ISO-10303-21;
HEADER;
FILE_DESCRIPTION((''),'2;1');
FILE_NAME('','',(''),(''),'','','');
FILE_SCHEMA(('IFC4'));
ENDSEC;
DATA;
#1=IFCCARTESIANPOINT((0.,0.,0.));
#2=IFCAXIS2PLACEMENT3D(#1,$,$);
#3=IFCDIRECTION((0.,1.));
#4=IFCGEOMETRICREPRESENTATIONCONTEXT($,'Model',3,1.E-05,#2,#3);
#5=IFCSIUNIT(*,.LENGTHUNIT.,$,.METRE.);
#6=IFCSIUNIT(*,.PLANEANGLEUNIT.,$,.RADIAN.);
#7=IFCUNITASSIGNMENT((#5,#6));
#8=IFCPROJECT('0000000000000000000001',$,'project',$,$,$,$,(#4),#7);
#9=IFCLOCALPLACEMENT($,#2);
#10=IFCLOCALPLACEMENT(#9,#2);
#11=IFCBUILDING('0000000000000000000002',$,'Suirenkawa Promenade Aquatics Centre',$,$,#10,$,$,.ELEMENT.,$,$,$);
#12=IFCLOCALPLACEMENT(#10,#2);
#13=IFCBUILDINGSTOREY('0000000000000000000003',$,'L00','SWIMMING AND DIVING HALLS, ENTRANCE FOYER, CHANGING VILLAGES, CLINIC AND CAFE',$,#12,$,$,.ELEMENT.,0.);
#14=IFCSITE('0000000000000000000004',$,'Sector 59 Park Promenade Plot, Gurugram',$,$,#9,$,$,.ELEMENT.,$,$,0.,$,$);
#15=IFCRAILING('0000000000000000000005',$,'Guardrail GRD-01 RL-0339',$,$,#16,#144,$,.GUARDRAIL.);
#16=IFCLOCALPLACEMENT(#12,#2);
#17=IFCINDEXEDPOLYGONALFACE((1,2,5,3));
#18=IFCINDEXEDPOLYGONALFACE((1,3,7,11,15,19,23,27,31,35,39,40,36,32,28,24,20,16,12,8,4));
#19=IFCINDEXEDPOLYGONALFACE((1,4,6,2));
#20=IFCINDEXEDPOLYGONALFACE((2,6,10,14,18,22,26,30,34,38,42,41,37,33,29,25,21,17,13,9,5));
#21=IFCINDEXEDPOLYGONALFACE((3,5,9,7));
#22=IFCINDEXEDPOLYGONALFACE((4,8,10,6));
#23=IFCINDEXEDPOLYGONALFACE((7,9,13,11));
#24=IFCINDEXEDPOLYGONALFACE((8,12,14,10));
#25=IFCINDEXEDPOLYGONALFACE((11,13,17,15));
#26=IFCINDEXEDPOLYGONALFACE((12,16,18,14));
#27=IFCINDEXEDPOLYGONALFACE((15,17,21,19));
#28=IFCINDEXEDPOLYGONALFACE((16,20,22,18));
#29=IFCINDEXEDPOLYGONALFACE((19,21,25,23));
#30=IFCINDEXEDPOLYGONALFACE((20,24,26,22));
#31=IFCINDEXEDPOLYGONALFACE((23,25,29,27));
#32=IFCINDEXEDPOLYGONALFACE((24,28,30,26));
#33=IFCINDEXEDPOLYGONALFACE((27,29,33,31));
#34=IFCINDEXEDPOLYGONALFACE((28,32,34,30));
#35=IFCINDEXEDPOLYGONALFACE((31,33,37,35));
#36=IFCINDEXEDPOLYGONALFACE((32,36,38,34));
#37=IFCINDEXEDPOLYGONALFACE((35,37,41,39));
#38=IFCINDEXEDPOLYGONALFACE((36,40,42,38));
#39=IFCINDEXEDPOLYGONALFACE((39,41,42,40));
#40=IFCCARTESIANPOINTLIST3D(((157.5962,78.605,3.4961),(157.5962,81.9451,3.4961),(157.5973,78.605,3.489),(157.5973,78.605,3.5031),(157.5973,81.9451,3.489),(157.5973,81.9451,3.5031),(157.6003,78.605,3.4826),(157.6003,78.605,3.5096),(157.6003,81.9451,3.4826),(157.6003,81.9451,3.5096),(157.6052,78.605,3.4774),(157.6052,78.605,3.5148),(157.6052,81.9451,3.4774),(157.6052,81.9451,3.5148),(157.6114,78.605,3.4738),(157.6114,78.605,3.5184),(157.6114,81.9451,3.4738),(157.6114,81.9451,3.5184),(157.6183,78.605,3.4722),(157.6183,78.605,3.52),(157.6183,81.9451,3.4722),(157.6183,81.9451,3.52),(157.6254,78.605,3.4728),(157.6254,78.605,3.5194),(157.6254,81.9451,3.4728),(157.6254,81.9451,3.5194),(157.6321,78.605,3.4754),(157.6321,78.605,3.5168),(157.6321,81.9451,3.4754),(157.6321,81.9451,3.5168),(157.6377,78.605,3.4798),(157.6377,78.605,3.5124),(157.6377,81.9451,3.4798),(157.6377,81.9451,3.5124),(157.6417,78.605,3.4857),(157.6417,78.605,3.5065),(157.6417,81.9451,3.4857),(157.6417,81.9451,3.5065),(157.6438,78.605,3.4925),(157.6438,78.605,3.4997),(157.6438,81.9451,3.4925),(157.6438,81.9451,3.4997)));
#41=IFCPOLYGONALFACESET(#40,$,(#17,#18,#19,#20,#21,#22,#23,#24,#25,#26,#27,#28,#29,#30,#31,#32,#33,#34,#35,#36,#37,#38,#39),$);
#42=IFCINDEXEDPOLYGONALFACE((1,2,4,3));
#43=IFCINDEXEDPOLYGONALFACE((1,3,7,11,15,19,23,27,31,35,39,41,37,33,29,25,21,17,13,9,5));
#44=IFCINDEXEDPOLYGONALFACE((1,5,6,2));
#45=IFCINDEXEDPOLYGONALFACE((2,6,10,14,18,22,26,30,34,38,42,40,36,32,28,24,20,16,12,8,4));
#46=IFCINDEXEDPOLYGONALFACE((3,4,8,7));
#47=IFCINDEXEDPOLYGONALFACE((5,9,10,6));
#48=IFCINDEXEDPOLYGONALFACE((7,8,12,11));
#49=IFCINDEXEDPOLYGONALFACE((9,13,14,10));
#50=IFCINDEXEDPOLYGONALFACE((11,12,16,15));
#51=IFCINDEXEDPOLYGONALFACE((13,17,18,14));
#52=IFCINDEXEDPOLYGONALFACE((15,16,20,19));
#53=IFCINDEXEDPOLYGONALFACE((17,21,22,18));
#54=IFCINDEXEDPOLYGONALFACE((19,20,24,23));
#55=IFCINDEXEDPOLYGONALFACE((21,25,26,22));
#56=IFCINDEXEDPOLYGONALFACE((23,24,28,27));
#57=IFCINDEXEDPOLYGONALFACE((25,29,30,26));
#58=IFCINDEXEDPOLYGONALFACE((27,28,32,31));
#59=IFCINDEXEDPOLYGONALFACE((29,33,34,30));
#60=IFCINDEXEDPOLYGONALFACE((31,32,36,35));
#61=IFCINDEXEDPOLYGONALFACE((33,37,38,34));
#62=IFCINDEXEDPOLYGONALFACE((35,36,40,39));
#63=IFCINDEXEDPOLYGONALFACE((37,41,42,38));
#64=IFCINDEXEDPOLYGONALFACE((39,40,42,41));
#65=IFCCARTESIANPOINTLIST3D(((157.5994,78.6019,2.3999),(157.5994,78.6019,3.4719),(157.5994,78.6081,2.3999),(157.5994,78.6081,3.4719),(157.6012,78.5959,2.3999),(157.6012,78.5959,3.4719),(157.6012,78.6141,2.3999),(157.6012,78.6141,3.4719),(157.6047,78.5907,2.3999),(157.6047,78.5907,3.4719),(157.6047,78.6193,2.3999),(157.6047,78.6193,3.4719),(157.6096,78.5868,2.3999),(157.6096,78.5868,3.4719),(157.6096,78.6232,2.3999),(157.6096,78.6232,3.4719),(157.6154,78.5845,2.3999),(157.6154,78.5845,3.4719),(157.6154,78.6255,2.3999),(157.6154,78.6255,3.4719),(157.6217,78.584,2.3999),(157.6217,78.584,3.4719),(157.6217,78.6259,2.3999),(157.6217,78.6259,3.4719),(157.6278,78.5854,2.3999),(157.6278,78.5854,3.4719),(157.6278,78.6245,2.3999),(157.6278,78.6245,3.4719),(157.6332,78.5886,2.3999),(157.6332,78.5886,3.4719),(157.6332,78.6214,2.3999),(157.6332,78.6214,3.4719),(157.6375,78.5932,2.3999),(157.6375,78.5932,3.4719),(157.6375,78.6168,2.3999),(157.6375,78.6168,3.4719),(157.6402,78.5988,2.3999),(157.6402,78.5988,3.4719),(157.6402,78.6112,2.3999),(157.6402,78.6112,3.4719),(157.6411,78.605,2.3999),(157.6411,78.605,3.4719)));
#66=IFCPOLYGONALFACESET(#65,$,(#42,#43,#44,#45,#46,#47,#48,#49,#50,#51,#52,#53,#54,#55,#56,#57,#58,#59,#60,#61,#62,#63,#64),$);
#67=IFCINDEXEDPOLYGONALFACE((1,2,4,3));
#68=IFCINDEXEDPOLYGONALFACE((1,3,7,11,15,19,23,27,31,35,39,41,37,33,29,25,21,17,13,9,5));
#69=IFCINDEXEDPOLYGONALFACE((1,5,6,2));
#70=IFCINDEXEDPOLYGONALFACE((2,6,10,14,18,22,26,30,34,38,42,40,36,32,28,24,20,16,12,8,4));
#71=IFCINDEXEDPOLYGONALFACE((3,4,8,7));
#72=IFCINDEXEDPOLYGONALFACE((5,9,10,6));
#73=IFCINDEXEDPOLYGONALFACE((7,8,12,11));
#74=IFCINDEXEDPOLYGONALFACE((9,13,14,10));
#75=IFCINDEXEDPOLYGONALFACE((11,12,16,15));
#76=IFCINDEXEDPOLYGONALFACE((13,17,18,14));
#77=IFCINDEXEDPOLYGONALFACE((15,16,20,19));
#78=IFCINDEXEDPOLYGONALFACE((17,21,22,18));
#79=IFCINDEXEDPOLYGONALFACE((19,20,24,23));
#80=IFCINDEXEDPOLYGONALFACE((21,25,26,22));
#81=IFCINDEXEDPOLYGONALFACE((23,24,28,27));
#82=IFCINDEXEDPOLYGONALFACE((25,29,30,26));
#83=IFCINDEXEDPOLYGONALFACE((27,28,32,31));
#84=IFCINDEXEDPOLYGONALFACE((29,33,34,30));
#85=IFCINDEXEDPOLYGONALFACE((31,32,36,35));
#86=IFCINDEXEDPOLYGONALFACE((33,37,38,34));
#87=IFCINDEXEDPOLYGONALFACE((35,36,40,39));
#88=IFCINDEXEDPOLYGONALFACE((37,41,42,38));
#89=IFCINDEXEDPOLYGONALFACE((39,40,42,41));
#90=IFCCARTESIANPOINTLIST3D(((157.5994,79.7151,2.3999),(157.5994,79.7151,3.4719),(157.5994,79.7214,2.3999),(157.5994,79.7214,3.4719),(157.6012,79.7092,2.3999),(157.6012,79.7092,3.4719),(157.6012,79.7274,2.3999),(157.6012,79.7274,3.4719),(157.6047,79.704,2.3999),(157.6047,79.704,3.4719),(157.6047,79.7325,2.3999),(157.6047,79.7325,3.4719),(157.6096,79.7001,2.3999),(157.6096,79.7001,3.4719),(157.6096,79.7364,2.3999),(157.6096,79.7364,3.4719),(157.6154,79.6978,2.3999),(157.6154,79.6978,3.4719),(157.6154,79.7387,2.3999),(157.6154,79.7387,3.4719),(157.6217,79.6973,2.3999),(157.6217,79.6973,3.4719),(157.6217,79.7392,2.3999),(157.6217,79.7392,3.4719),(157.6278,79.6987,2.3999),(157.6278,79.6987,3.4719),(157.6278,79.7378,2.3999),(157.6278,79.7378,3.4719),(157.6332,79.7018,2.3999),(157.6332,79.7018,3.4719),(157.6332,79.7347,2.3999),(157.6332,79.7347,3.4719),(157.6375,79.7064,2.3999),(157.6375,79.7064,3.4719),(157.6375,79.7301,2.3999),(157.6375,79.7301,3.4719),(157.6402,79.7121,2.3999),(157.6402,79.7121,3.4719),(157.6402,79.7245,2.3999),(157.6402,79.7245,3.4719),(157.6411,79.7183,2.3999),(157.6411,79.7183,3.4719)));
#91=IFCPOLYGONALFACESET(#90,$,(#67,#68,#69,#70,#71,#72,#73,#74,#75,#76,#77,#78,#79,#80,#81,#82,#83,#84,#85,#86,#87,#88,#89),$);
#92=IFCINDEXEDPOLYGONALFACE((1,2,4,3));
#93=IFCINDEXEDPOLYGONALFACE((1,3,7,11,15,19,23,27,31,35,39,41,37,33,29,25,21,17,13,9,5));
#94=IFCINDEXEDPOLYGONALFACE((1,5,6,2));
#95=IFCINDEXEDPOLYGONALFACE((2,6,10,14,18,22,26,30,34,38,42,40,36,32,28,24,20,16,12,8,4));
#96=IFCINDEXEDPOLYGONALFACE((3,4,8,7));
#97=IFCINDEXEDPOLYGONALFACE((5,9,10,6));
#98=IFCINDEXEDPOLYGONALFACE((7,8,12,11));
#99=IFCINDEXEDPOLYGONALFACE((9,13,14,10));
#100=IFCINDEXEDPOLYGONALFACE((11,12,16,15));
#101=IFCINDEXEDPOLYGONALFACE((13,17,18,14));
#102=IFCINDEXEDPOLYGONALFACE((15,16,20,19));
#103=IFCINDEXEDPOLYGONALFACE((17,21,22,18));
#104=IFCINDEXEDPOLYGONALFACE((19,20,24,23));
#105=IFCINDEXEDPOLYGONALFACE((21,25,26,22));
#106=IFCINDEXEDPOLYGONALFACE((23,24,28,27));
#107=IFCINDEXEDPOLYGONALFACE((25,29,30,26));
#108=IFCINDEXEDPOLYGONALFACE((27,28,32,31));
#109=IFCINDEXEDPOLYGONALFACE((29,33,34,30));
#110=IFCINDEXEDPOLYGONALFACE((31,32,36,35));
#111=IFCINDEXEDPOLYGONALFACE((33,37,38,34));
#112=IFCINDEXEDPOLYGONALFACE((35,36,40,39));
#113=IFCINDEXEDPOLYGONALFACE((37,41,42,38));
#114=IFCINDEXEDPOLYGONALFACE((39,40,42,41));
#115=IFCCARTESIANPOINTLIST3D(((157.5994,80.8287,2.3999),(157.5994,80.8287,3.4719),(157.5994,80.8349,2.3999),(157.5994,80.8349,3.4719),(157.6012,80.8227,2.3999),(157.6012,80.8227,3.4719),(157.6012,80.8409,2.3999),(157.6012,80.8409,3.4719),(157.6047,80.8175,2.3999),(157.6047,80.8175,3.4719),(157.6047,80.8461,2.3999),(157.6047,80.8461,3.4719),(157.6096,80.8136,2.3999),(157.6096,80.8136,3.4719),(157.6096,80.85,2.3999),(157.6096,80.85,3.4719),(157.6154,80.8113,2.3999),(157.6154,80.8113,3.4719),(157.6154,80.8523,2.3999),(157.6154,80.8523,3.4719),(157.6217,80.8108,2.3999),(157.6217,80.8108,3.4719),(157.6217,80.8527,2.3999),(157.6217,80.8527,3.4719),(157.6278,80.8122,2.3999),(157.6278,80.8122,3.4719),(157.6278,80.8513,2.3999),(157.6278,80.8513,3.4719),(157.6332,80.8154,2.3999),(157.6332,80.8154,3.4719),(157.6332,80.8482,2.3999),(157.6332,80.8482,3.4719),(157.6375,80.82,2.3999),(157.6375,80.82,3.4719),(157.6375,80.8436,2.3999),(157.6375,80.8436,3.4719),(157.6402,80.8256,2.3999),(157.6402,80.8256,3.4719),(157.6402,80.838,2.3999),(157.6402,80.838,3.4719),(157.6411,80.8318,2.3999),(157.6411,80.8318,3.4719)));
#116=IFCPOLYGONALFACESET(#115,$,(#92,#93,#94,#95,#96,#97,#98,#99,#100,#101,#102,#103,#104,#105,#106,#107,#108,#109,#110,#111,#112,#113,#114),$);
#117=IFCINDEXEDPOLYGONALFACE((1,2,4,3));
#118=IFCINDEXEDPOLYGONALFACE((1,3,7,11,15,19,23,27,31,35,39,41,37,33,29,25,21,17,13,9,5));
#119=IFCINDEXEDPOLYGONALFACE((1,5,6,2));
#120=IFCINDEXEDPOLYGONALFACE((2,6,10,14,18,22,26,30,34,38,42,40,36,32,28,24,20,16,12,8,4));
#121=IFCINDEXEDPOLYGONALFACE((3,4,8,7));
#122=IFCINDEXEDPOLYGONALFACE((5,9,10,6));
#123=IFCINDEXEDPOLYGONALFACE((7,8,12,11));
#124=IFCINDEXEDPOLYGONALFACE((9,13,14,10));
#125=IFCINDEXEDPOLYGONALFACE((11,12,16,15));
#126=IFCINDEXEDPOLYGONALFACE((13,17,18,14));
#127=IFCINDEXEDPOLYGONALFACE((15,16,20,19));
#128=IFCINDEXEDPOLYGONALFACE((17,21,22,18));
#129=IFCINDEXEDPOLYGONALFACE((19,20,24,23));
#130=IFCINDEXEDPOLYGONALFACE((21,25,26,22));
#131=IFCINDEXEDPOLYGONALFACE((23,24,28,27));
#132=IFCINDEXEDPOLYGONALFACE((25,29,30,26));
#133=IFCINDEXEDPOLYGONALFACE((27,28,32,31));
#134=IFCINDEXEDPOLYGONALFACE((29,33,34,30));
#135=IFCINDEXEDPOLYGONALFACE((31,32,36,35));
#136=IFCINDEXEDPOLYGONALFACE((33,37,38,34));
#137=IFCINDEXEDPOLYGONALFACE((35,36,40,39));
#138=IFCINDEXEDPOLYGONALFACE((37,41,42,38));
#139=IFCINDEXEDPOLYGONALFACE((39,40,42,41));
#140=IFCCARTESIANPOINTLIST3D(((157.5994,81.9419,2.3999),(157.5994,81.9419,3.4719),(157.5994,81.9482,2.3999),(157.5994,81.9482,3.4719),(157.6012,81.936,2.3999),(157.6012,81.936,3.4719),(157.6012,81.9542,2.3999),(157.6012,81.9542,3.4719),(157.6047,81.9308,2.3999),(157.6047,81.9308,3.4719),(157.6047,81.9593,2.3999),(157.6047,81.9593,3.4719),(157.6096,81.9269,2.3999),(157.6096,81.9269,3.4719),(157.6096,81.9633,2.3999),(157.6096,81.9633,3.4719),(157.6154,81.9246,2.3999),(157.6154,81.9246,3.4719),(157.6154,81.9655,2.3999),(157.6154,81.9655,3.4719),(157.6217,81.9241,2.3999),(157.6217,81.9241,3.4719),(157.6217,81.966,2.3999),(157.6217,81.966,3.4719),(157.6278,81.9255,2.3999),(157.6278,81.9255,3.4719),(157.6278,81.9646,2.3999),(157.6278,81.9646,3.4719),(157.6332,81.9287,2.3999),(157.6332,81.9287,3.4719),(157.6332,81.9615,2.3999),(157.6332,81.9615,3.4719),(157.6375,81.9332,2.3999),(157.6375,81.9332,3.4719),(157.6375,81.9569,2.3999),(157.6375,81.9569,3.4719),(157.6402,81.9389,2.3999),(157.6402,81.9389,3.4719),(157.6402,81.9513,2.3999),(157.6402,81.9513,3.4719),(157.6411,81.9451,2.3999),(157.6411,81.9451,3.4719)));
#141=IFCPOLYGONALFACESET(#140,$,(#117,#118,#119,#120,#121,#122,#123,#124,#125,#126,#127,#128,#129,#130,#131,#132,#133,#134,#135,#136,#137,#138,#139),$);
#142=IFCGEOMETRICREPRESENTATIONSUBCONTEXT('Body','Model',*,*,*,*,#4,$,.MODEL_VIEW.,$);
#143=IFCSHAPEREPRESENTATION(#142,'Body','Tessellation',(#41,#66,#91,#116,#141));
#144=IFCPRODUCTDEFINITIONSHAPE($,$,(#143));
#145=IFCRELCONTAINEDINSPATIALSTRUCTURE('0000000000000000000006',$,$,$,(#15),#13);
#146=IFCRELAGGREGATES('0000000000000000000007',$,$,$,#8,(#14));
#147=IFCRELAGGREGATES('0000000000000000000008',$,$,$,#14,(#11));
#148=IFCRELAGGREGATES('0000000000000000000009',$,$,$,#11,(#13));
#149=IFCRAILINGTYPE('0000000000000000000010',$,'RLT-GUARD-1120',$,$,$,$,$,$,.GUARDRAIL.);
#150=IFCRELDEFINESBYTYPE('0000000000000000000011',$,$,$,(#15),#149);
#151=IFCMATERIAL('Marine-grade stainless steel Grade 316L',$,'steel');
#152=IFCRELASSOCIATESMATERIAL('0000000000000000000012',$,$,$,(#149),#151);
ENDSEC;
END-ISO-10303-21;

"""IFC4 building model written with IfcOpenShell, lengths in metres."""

from ifc_helpers import new_model, si_unit, direction, frame, origin, origin_2d, place, context, subcontext, project, spatial, circle, extrude, material, type_object, element, save


model = new_model("IFC4")

# Units and contexts
model_context = context("Model", 3, precision=1e-05, world=origin(), true_north=direction((0.0, 1.0)))
body_context = subcontext(model_context, "Body", "Model", "MODEL_VIEW")
ifc_project = project(units=[si_unit("LENGTHUNIT", "METRE"), si_unit("PLANEANGLEUNIT", "RADIAN")], contexts=[model_context])

# Site, building, storey
site_placement = place(None, origin())
site = spatial("IfcSite", under=ifc_project, at=site_placement, Name="Sector 59 Park Promenade Plot, Gurugram", CompositionType="ELEMENT", RefElevation=0.0)
building_placement = place(site_placement, origin())
building = spatial("IfcBuilding", under=site, at=building_placement, Name="Suirenkawa Promenade Aquatics Centre", CompositionType="ELEMENT")
storey_placement = place(building_placement, origin())
storey = spatial("IfcBuildingStorey", under=building, at=storey_placement, Name="L00", Description="SWIMMING AND DIVING HALLS, ENTRANCE FOYER, CHANGING VILLAGES, CLINIC AND CAFE", CompositionType="ELEMENT", Elevation=0.0)

# Railing
ifc_material_1 = material(Name="Marine-grade stainless steel Grade 316L", Category="steel")
railing_type_1 = type_object("IfcRailingType", Name="RLT-GUARD-1120", PredefinedType="GUARDRAIL", material=ifc_material_1)
for number, where, name in (
    (1, (157.6201, 78.605, 2.3999), "Guardrail GRD-01 RL-0339"),
):
    element("IfcRailing", number, at=place(storey_placement, frame(where)), inside=storey, type_object=railing_type_1, Name=name, PredefinedType="GUARDRAIL", context=body_context, shape_type="SweptSolid", body=[
        extrude(circle(Radius=0.0239, at=origin_2d()), frame((0.0, 0.0, 1.0962), z_axis=(0.0, 1.0, 0.0), x_axis=(-1.0, 0.0, 0.0)), (0.0, 0.0, 1.0), 3.3401),
        extrude(circle(Radius=0.021, at=origin_2d()), origin(), (0.0, 0.0, 1.0), 1.072),
        extrude(circle(Radius=0.021, at=origin_2d()), frame((0.0, 1.1133, 0.0)), (0.0, 0.0, 1.0), 1.072),
        extrude(circle(Radius=0.021, at=origin_2d()), frame((0.0, 2.2268, 0.0)), (0.0, 0.0, 1.0), 1.072),
        extrude(circle(Radius=0.021, at=origin_2d()), frame((0.0, 3.3401, 0.0)), (0.0, 0.0, 1.0), 1.072),
    ])

save(model, "model.ifc")
